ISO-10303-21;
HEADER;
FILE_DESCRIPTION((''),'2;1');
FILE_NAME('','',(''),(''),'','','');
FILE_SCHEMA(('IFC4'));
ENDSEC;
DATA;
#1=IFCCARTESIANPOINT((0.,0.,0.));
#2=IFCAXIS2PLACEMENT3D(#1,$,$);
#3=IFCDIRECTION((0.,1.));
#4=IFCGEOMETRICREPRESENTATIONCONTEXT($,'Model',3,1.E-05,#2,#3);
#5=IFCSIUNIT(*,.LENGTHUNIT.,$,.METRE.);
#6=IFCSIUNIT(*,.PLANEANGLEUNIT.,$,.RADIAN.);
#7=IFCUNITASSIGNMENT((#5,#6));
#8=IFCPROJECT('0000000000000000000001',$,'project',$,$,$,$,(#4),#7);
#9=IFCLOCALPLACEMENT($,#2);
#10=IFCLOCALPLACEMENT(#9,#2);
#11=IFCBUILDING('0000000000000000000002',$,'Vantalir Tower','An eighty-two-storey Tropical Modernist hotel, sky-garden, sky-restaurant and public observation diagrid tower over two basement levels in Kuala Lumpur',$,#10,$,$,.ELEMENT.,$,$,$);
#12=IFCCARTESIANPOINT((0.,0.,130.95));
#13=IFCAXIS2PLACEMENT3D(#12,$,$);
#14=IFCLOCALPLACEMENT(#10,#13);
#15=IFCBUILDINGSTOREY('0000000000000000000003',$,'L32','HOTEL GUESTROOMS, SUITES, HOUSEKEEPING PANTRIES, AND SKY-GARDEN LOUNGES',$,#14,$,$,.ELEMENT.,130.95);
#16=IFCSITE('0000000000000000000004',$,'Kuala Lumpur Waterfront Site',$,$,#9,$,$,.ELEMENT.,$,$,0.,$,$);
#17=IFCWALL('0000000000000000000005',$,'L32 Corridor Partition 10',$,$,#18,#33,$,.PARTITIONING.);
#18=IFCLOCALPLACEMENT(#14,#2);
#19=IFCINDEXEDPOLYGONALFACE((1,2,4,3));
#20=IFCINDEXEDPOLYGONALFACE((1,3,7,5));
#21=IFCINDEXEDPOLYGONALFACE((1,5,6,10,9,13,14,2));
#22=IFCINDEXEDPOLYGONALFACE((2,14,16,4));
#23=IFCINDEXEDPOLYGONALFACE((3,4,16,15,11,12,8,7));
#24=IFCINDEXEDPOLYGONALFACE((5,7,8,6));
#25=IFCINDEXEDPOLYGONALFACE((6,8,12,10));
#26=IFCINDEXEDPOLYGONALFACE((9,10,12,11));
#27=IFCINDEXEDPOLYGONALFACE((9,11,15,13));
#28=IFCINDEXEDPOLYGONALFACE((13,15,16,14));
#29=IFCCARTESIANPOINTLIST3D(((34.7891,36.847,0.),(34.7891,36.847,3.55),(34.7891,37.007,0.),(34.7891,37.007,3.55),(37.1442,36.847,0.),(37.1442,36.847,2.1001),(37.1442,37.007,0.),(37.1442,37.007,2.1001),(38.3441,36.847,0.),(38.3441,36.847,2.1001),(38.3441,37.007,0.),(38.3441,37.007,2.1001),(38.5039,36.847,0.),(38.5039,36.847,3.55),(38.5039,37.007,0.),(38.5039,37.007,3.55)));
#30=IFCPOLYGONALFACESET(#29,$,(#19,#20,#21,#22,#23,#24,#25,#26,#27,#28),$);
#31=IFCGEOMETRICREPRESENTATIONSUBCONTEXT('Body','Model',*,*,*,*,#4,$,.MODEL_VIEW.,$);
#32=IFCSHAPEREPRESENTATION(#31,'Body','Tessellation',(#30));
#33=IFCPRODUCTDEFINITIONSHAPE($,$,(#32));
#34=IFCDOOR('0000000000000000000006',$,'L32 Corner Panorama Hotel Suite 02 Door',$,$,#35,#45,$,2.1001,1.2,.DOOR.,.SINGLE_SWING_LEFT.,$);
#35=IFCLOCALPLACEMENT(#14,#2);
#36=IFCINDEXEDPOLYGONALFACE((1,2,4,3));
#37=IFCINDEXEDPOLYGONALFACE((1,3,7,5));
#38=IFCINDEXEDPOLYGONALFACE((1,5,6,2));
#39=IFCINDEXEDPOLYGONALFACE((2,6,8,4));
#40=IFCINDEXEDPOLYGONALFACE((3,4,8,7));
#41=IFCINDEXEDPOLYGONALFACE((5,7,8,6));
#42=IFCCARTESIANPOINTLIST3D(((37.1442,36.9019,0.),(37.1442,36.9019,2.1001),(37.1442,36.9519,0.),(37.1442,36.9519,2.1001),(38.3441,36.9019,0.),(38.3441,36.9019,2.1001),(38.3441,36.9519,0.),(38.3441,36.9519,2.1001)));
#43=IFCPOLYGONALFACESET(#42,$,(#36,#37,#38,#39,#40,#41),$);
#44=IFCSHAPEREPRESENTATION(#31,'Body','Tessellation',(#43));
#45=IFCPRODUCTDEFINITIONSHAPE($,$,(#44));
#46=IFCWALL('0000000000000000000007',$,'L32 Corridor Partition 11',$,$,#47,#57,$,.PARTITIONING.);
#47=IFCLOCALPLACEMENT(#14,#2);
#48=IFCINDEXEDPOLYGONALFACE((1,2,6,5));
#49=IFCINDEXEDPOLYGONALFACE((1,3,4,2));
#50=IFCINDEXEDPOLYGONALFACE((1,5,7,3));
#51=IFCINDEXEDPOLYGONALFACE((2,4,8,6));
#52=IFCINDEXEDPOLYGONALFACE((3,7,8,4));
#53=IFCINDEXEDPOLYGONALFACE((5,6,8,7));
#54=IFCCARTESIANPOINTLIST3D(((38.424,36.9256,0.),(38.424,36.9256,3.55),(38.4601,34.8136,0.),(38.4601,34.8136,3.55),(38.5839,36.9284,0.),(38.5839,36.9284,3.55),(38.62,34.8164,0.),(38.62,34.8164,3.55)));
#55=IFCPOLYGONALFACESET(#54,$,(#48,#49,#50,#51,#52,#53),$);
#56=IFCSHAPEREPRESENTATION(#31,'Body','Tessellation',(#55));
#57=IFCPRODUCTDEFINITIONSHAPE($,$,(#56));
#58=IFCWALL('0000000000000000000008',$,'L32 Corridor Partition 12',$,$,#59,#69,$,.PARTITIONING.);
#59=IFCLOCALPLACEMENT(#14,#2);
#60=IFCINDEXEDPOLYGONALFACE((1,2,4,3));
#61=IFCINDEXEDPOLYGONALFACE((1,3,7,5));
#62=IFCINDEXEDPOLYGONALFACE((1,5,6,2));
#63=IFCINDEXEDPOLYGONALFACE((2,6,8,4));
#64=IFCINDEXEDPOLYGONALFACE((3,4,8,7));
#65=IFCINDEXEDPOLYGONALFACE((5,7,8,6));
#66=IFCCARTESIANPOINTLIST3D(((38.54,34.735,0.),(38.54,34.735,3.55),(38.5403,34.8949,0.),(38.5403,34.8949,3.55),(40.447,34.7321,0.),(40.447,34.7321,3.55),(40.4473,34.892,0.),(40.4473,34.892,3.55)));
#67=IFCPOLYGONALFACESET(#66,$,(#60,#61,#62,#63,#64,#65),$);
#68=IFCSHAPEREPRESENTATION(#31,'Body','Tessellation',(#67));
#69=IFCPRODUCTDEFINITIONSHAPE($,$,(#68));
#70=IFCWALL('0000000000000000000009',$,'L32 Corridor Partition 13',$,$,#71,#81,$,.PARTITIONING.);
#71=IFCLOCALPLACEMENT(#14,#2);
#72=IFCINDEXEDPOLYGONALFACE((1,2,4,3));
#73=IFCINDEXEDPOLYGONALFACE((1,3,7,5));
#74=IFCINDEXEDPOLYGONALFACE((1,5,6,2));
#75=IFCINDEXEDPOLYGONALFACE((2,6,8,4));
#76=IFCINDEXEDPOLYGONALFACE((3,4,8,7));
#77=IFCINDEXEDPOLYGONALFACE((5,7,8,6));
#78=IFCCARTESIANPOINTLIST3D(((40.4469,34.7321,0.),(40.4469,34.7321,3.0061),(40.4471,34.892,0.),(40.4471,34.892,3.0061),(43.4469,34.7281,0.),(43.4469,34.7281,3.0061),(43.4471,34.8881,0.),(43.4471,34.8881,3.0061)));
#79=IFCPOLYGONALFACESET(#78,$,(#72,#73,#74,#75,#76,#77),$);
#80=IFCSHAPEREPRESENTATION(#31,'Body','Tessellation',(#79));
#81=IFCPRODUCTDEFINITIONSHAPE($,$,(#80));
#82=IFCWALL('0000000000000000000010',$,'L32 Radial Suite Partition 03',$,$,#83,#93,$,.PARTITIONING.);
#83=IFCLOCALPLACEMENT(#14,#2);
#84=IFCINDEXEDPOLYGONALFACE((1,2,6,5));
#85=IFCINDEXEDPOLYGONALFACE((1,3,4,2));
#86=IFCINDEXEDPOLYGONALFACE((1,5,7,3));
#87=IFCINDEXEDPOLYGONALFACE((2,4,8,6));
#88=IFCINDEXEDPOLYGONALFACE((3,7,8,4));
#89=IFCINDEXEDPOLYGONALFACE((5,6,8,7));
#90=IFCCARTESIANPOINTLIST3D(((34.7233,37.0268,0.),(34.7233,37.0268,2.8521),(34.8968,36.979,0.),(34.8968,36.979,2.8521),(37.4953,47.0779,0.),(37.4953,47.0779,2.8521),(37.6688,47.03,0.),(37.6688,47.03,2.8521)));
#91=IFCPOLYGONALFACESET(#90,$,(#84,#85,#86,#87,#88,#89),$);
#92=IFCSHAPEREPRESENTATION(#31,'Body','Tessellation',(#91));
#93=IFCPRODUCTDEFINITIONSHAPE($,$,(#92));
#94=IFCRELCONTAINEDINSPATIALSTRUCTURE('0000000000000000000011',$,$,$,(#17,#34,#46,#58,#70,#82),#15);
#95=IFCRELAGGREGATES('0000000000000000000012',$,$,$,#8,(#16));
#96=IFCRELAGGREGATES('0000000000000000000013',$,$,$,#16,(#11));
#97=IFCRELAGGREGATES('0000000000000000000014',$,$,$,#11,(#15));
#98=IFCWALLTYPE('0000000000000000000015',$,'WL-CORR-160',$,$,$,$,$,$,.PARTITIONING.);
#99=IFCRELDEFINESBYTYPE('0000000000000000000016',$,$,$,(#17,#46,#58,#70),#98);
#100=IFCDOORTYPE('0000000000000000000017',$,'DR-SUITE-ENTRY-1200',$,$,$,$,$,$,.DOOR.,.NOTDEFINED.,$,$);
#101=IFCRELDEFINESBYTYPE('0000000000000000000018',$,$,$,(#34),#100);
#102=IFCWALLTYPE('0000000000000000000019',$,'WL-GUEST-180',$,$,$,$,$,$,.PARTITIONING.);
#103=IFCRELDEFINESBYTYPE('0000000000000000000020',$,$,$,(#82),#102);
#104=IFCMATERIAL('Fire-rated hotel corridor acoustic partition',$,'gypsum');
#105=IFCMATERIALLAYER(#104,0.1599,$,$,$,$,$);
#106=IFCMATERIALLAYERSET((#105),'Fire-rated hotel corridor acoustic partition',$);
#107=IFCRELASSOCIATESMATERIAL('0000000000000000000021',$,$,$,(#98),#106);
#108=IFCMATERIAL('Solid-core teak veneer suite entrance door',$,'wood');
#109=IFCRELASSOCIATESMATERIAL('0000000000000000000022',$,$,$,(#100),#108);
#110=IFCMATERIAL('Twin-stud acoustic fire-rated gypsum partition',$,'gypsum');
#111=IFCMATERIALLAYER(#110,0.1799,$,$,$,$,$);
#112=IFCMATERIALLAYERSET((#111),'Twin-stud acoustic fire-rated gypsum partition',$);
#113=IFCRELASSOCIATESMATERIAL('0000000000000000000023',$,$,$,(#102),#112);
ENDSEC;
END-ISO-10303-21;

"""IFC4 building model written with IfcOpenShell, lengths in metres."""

from ifc_helpers import new_model, si_unit, direction, frame, frame_2d, origin, place, context, subcontext, project, spatial, rectangle, extrude, material, layer, layer_set, type_object, element, fill, save


model = new_model("IFC4")

# Units and contexts
model_context = context("Model", 3, precision=1e-05, world=origin(), true_north=direction((0.0, 1.0)))
body_context = subcontext(model_context, "Body", "Model", "MODEL_VIEW")
ifc_project = project(units=[si_unit("LENGTHUNIT", "METRE"), si_unit("PLANEANGLEUNIT", "RADIAN")], contexts=[model_context])

# Site, building, storey
site_placement = place(None, origin())
site = spatial("IfcSite", under=ifc_project, at=site_placement, Name="Kuala Lumpur Waterfront Site", CompositionType="ELEMENT", RefElevation=0.0)
building_placement = place(site_placement, origin())
building = spatial("IfcBuilding", under=site, at=building_placement, Name="Vantalir Tower", Description="An eighty-two-storey Tropical Modernist hotel, sky-garden, sky-restaurant and public observation diagrid tower over two basement levels in Kuala Lumpur", CompositionType="ELEMENT")
storey_placement = place(building_placement, frame((0.0, 0.0, 130.95)))
storey = spatial("IfcBuildingStorey", under=building, at=storey_placement, Name="L32", Description="HOTEL GUESTROOMS, SUITES, HOUSEKEEPING PANTRIES, AND SKY-GARDEN LOUNGES", CompositionType="ELEMENT", Elevation=130.95)

# Wall, opening, door
ifc_material_1 = material(Name="Fire-rated hotel corridor acoustic partition", Category="gypsum")
ifc_layer_1 = layer(ifc_material_1, 0.1599)
ifc_layer_set_1 = layer_set([ifc_layer_1], Name="Fire-rated hotel corridor acoustic partition")
wall_type_1 = type_object("IfcWallType", Name="WL-CORR-160", PredefinedType="PARTITIONING", material=ifc_layer_set_1)
wall_1_placement = place(storey_placement, frame((34.7891, 36.927, 0.0), z_axis=(0.0, 0.0, 1.0), x_axis=(1.0, 0.0, 0.0)))
wall_1 = element("IfcWall", 1, at=wall_1_placement, inside=storey, type_object=wall_type_1, Name="L32 Corridor Partition 10", PredefinedType="PARTITIONING", context=body_context, shape_type="SweptSolid", body=[
    extrude(rectangle(XDim=3.7148, YDim=0.1599, at=frame_2d((1.8574, 0.0))), origin(), (0.0, 0.0, 1.0), 3.55),
])
opening_1_placement = place(wall_1_placement, frame((2.355, 0.0, 0.0)))
opening_1 = element("IfcOpeningElement", 2, at=opening_1_placement, cuts=wall_1, PredefinedType="OPENING", context=body_context, shape_type="SweptSolid", body=[
    extrude(rectangle(XDim=1.2, YDim=2.1001, at=frame_2d((0.6001, 1.05))), frame((0.0, 0.0898, 0.0), z_axis=(0.0, -1.0, 0.0), x_axis=(1.0, 0.0, 0.0)), (0.0, 0.0, 1.0), 0.1799),
])
ifc_material_2 = material(Name="Solid-core teak veneer suite entrance door", Category="wood")
door_type_1 = type_object("IfcDoorType", Name="DR-SUITE-ENTRY-1200", OperationType="NOTDEFINED", PredefinedType="DOOR", material=ifc_material_2)
door_1_placement = place(opening_1_placement, origin())
door_1 = element("IfcDoor", 3, at=door_1_placement, inside=storey, type_object=door_type_1, Name="L32 Corner Panorama Hotel Suite 02 Door", OperationType="SINGLE_SWING_LEFT", OverallHeight=2.1001, OverallWidth=1.2, PredefinedType="DOOR", context=body_context, shape_type="SweptSolid", body=[
    extrude(rectangle(XDim=1.2, YDim=2.1001, at=frame_2d((0.6001, 1.05))), frame((0.0, 0.0249, 0.0), z_axis=(0.0, -1.0, 0.0), x_axis=(1.0, 0.0, 0.0)), (0.0, 0.0, 1.0), 0.05),
])
fill(opening_1, door_1)

# Walls
wall_2_placement = place(storey_placement, frame((38.5039, 36.927, 0.0), z_axis=(0.0, 0.0, 1.0), x_axis=(0.017105, -0.999854, 0.0)))
element("IfcWall", 4, at=wall_2_placement, inside=storey, type_object=wall_type_1, Name="L32 Corridor Partition 11", PredefinedType="PARTITIONING", context=body_context, shape_type="SweptSolid", body=[
    extrude(rectangle(XDim=2.1123, YDim=0.1599, at=frame_2d((1.0562, 0.0))), origin(), (0.0, 0.0, 1.0), 3.55),
])
wall_3_placement = place(storey_placement, frame((38.54, 34.8149, 0.0), z_axis=(0.0, 0.0, 1.0), x_axis=(0.999999, -0.001536, 0.0)))
element("IfcWall", 5, at=wall_3_placement, inside=storey, type_object=wall_type_1, Name="L32 Corridor Partition 12", PredefinedType="PARTITIONING", context=body_context, shape_type="SweptSolid", body=[
    extrude(rectangle(XDim=1.907, YDim=0.1599, at=frame_2d((0.9536, 0.0))), origin(), (0.0, 0.0, 1.0), 3.55),
])
wall_4_placement = place(storey_placement, frame((40.447, 34.812, 0.0), z_axis=(0.0, 0.0, 1.0), x_axis=(0.999999, -0.001302, 0.0)))
element("IfcWall", 6, at=wall_4_placement, inside=storey, type_object=wall_type_1, Name="L32 Corridor Partition 13", PredefinedType="PARTITIONING", context=body_context, shape_type="SweptSolid", body=[
    extrude(rectangle(XDim=3.0, YDim=0.1599, at=frame_2d((1.5, 0.0))), origin(), (0.0, 0.0, 1.0), 3.0061),
])
ifc_material_3 = material(Name="Twin-stud acoustic fire-rated gypsum partition", Category="gypsum")
ifc_layer_2 = layer(ifc_material_3, 0.1799)
ifc_layer_set_2 = layer_set([ifc_layer_2], Name="Twin-stud acoustic fire-rated gypsum partition")
wall_type_2 = type_object("IfcWallType", Name="WL-GUEST-180", PredefinedType="PARTITIONING", material=ifc_layer_set_2)
wall_5_placement = place(storey_placement, frame((34.8101, 37.0029, 0.0), z_axis=(0.0, 0.0, 1.0), x_axis=(0.265864, 0.96401, 0.0)))
element("IfcWall", 7, at=wall_5_placement, inside=storey, type_object=wall_type_2, Name="L32 Radial Suite Partition 03", PredefinedType="PARTITIONING", context=body_context, shape_type="SweptSolid", body=[
    extrude(rectangle(XDim=10.4263, YDim=0.1799, at=frame_2d((5.2131, 0.0))), origin(), (0.0, 0.0, 1.0), 2.8521),
])

save(model, "model.ifc")
